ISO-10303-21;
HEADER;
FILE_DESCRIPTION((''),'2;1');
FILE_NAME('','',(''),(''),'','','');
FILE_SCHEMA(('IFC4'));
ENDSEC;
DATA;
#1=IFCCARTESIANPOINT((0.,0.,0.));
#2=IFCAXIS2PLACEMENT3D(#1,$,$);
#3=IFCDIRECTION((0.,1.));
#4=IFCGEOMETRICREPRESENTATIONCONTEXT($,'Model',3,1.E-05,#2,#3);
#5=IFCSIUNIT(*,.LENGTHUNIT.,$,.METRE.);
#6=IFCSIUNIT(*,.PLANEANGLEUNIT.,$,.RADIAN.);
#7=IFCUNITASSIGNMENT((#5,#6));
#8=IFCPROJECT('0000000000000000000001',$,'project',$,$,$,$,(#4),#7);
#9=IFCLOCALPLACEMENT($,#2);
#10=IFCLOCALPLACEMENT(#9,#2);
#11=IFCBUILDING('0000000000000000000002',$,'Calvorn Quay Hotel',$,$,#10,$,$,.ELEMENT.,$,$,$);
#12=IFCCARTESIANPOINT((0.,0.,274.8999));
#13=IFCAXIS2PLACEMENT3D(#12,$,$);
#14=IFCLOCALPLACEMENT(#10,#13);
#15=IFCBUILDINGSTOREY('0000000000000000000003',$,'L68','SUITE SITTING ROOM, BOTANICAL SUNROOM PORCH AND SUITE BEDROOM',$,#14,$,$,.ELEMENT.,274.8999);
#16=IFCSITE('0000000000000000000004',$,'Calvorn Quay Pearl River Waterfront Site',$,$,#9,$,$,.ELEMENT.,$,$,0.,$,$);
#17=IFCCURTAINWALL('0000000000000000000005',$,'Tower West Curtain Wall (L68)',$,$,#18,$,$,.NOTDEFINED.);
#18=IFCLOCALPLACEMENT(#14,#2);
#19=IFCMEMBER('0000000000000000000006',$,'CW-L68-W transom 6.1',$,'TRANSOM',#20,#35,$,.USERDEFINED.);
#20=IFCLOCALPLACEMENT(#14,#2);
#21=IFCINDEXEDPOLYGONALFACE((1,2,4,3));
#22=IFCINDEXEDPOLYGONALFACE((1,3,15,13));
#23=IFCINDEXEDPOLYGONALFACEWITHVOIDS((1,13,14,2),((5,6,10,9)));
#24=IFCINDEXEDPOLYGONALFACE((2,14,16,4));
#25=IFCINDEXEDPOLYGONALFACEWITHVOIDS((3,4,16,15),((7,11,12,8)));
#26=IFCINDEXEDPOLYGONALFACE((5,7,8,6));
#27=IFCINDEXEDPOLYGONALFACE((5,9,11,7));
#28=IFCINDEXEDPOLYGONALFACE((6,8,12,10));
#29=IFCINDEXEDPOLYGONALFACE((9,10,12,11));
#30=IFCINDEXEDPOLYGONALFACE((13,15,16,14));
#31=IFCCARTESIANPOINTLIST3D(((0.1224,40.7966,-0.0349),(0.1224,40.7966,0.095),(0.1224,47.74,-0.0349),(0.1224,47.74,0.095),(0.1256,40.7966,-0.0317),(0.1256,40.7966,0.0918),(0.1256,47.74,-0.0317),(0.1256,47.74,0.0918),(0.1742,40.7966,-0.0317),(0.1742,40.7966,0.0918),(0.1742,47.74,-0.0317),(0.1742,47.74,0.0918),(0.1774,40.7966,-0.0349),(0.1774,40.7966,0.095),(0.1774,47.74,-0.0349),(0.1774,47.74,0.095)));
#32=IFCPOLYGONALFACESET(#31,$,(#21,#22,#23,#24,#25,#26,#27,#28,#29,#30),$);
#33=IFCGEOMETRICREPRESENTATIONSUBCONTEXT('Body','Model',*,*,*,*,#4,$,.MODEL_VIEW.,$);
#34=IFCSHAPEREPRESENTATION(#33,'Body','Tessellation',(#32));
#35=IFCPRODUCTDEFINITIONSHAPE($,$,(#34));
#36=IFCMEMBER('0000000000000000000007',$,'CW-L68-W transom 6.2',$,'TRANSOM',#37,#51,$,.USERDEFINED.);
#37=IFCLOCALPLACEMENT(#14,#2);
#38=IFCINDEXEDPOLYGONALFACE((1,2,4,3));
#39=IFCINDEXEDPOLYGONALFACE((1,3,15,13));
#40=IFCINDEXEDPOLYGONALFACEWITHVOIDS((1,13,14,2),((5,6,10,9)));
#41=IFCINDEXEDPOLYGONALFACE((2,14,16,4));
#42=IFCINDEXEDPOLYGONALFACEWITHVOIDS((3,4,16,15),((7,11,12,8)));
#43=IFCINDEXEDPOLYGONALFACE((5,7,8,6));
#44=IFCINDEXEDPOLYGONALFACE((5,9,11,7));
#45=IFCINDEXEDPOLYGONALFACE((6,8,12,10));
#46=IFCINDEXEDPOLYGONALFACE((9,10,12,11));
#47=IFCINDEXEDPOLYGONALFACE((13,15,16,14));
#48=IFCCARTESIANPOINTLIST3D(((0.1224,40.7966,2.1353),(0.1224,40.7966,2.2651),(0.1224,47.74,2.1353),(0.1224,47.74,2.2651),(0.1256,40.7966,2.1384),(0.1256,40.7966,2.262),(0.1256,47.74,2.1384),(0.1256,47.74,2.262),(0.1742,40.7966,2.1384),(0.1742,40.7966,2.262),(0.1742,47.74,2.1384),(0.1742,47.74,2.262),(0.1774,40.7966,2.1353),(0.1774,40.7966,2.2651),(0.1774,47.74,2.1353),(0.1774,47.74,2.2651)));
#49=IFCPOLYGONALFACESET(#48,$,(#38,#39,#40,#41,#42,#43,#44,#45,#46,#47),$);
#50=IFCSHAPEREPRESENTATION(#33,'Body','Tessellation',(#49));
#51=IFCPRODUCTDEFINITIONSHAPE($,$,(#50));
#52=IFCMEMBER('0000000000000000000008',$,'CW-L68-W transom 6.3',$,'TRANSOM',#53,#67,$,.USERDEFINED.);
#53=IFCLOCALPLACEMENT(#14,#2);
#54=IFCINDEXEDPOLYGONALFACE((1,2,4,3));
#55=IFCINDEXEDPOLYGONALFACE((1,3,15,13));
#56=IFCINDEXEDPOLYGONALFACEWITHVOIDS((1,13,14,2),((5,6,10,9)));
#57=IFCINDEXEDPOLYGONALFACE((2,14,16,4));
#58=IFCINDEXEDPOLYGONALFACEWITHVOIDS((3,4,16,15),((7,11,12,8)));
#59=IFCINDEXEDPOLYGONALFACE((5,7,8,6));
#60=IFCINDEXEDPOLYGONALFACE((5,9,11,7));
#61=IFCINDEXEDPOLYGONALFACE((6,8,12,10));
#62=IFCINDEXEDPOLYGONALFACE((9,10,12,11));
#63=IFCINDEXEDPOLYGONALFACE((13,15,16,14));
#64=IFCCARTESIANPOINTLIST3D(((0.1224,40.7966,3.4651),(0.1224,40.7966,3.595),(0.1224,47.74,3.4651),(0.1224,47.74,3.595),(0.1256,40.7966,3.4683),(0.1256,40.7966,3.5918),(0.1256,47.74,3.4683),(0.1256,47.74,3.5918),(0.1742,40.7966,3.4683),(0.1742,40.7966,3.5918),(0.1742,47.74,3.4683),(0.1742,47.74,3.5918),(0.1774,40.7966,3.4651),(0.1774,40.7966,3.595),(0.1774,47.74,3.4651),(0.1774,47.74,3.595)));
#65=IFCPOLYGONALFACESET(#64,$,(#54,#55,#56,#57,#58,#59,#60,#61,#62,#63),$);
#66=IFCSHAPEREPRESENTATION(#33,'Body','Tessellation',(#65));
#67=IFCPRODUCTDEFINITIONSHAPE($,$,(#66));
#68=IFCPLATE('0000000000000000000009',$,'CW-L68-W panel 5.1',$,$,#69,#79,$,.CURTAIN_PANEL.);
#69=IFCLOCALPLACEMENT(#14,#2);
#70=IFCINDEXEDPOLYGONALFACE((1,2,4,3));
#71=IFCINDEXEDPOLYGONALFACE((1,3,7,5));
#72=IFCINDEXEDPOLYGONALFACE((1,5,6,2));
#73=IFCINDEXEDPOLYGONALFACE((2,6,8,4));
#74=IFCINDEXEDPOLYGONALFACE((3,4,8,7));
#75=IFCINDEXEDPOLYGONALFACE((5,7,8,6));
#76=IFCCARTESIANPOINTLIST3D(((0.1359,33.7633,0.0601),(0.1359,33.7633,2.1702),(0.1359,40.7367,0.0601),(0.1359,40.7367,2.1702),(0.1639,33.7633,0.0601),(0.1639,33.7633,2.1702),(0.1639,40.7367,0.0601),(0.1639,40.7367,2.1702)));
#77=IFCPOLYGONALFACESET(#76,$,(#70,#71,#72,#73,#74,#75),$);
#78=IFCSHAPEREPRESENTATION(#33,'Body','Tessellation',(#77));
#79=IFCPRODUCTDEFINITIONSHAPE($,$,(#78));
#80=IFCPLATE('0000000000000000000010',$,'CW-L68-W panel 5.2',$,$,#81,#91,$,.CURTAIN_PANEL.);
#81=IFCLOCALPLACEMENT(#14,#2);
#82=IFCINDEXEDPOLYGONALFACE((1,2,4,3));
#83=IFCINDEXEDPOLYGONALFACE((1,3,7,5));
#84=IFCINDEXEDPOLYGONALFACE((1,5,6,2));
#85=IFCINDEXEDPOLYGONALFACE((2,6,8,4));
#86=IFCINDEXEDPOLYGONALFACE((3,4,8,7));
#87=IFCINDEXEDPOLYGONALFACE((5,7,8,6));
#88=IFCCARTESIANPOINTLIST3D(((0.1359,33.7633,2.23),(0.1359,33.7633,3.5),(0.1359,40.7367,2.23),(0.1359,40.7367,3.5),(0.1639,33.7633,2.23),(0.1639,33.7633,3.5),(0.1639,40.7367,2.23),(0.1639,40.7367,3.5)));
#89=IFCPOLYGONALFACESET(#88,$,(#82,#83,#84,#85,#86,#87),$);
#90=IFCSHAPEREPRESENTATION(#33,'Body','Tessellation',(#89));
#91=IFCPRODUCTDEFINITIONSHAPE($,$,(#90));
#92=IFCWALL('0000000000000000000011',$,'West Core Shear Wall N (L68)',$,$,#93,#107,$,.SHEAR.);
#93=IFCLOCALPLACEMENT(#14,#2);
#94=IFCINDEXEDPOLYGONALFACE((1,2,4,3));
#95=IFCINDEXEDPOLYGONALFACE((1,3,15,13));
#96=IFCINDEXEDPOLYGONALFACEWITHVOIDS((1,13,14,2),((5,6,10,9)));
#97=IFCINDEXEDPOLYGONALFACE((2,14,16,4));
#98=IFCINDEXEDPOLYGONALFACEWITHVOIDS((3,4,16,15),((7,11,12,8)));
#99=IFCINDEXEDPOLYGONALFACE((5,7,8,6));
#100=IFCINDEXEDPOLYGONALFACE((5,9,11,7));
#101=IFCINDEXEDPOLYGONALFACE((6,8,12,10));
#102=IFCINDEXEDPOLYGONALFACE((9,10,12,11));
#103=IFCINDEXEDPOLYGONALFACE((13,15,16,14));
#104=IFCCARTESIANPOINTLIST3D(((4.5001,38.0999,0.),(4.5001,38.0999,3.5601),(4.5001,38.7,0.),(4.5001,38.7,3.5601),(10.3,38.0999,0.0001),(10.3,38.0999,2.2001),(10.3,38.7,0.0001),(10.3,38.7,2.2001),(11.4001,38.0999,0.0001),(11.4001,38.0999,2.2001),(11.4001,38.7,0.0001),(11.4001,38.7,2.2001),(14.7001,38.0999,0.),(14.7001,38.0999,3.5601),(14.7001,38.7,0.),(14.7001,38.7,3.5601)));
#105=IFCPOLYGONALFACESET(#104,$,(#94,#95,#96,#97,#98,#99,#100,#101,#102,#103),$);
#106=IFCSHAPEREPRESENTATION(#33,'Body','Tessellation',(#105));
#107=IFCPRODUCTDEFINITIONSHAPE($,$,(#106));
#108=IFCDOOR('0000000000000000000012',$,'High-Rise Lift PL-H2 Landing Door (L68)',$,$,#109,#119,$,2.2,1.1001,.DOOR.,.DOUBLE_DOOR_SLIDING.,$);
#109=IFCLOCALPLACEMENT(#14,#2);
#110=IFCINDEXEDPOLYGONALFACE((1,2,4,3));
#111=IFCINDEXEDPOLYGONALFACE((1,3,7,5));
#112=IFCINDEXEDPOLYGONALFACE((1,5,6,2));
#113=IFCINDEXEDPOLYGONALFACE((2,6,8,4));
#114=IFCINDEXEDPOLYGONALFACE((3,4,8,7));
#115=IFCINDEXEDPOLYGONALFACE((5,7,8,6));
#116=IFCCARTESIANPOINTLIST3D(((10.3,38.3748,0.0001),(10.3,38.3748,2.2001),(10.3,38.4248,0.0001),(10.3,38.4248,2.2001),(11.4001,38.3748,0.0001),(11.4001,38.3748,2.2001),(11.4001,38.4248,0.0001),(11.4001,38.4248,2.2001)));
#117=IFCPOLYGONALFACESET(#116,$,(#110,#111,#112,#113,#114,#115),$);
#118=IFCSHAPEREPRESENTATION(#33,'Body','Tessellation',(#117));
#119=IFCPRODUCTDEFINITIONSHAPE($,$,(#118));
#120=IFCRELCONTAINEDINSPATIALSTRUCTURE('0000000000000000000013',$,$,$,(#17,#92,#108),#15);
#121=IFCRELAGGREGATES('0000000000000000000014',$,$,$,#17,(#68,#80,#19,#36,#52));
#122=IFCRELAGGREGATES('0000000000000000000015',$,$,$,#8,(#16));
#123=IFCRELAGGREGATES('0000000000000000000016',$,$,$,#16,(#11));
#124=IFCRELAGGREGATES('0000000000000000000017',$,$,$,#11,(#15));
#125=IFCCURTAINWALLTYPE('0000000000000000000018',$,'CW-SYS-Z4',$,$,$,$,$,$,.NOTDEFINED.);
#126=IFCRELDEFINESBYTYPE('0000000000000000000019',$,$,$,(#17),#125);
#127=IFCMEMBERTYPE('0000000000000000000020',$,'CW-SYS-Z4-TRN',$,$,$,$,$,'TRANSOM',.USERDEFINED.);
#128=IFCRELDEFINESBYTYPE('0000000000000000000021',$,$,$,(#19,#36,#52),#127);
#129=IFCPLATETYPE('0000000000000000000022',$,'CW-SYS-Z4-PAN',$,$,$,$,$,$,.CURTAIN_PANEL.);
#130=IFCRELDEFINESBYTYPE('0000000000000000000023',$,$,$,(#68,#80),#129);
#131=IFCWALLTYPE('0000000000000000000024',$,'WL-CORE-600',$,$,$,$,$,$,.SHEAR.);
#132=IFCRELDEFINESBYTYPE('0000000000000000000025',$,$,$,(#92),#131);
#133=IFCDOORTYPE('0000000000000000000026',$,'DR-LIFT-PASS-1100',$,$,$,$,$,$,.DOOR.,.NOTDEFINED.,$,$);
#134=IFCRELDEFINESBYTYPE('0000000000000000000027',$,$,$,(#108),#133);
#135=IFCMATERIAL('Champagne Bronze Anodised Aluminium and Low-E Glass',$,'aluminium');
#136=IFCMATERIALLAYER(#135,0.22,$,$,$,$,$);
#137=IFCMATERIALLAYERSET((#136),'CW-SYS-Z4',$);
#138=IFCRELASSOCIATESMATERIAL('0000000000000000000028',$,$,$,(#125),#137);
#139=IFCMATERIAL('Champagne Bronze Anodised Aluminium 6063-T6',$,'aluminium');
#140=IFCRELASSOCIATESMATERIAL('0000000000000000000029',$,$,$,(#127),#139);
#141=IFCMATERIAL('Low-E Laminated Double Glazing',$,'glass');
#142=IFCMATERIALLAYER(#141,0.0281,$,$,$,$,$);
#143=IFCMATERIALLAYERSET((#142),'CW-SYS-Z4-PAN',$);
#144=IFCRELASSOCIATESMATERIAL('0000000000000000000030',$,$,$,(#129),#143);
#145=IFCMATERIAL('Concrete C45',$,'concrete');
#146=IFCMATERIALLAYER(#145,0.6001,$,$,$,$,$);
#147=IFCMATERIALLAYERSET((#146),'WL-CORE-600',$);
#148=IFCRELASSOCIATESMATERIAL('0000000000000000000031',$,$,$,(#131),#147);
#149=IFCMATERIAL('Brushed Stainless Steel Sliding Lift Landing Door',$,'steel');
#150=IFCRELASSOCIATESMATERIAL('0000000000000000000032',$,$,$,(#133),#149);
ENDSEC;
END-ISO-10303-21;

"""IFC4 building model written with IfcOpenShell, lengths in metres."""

from ifc_helpers import new_model, si_unit, direction, frame, frame_2d, origin, origin_2d, place, context, subcontext, project, spatial, rectangle, hollow_rectangle, extrude, material, layer, layer_set, material_profile, profile_set, type_object, element, fill, aggregate, save


model = new_model("IFC4")

# Units and contexts
model_context = context("Model", 3, precision=1e-05, world=origin(), true_north=direction((0.0, 1.0)))
body_context = subcontext(model_context, "Body", "Model", "MODEL_VIEW")
ifc_project = project(units=[si_unit("LENGTHUNIT", "METRE"), si_unit("PLANEANGLEUNIT", "RADIAN")], contexts=[model_context])

# Site, building, storey
site_placement = place(None, origin())
site = spatial("IfcSite", under=ifc_project, at=site_placement, Name="Calvorn Quay Pearl River Waterfront Site", CompositionType="ELEMENT", RefElevation=0.0)
building_placement = place(site_placement, origin())
building = spatial("IfcBuilding", under=site, at=building_placement, Name="Calvorn Quay Hotel", CompositionType="ELEMENT")
storey_placement = place(building_placement, frame((0.0, 0.0, 274.8999)))
storey = spatial("IfcBuildingStorey", under=building, at=storey_placement, Name="L68", Description="SUITE SITTING ROOM, BOTANICAL SUNROOM PORCH AND SUITE BEDROOM", CompositionType="ELEMENT", Elevation=274.8999)

# Curtain wall, members, plates
ifc_material_1 = material(Name="Champagne Bronze Anodised Aluminium and Low-E Glass", Category="aluminium")
ifc_layer_1 = layer(ifc_material_1, 0.22)
ifc_layer_set_1 = layer_set([ifc_layer_1], Name="CW-SYS-Z4")
curtain_wall_type = type_object("IfcCurtainWallType", Name="CW-SYS-Z4", PredefinedType="NOTDEFINED", material=ifc_layer_set_1)
curtain_wall_placement = place(storey_placement, origin())
curtain_wall = element("IfcCurtainWall", 1, at=curtain_wall_placement, inside=storey, type_object=curtain_wall_type, Name="Tower West Curtain Wall (L68)", PredefinedType="NOTDEFINED")
ifc_material_2 = material(Name="Champagne Bronze Anodised Aluminium 6063-T6", Category="aluminium")
ifc_material_profile_1 = material_profile(ifc_material_2, hollow_rectangle(XDim=0.0549, YDim=0.1299, WallThickness=0.0032, at=origin_2d()), Name="ALU-T130x55x3.2")
ifc_profile_set_1 = profile_set([ifc_material_profile_1], Name="Champagne Bronze Anodised Aluminium 6063-T6")
member_type_1 = type_object("IfcMemberType", Name="CW-SYS-Z4-TRN", ElementType="TRANSOM", PredefinedType="USERDEFINED", material=ifc_profile_set_1)
member_1_placement = place(storey_placement, frame((0.1499, 40.7966, 0.03), z_axis=(0.0, 1.0, 0.0), x_axis=(-1.0, 0.0, 0.0)))
member_1 = element("IfcMember", 2, at=member_1_placement, type_object=member_type_1, Name="CW-L68-W transom 6.1", ObjectType="TRANSOM", PredefinedType="USERDEFINED", context=body_context, shape_type="SweptSolid", body=[
    extrude(hollow_rectangle(XDim=0.0549, YDim=0.1299, WallThickness=0.0032, at=origin_2d()), origin(), (0.0, 0.0, 1.0), 6.9434),
])
member_2_placement = place(storey_placement, frame((0.1499, 40.7966, 2.2002), z_axis=(0.0, 1.0, 0.0), x_axis=(-1.0, 0.0, 0.0)))
member_2 = element("IfcMember", 3, at=member_2_placement, type_object=member_type_1, Name="CW-L68-W transom 6.2", ObjectType="TRANSOM", PredefinedType="USERDEFINED", context=body_context, shape_type="SweptSolid", body=[
    extrude(hollow_rectangle(XDim=0.0549, YDim=0.1299, WallThickness=0.0032, at=origin_2d()), origin(), (0.0, 0.0, 1.0), 6.9434),
])
member_3_placement = place(storey_placement, frame((0.1499, 40.7966, 3.53), z_axis=(0.0, 1.0, 0.0), x_axis=(-1.0, 0.0, 0.0)))
member_3 = element("IfcMember", 4, at=member_3_placement, type_object=member_type_1, Name="CW-L68-W transom 6.3", ObjectType="TRANSOM", PredefinedType="USERDEFINED", context=body_context, shape_type="SweptSolid", body=[
    extrude(hollow_rectangle(XDim=0.0549, YDim=0.1299, WallThickness=0.0032, at=origin_2d()), origin(), (0.0, 0.0, 1.0), 6.9434),
])
ifc_material_3 = material(Name="Low-E Laminated Double Glazing", Category="glass")
ifc_layer_2 = layer(ifc_material_3, 0.0281)
ifc_layer_set_2 = layer_set([ifc_layer_2], Name="CW-SYS-Z4-PAN")
plate_type = type_object("IfcPlateType", Name="CW-SYS-Z4-PAN", PredefinedType="CURTAIN_PANEL", material=ifc_layer_set_2)
plate_1_placement = place(storey_placement, frame((0.1499, 37.25, 0.0601), z_axis=(0.0, 0.0, 1.0), x_axis=(0.0, 1.0, 0.0)))
plate_1 = element("IfcPlate", 5, at=plate_1_placement, type_object=plate_type, Name="CW-L68-W panel 5.1", PredefinedType="CURTAIN_PANEL", context=body_context, shape_type="SweptSolid", body=[
    extrude(rectangle(XDim=6.9734, YDim=0.0281, at=origin_2d()), origin(), (0.0, 0.0, 1.0), 2.1101),
])
plate_2_placement = place(storey_placement, frame((0.1499, 37.25, 2.23), z_axis=(0.0, 0.0, 1.0), x_axis=(0.0, 1.0, 0.0)))
plate_2 = element("IfcPlate", 6, at=plate_2_placement, type_object=plate_type, Name="CW-L68-W panel 5.2", PredefinedType="CURTAIN_PANEL", context=body_context, shape_type="SweptSolid", body=[
    extrude(rectangle(XDim=6.9734, YDim=0.0281, at=origin_2d()), origin(), (0.0, 0.0, 1.0), 1.27),
])
aggregate(curtain_wall, [plate_1, plate_2, member_1, member_2, member_3])

# Wall, opening, door
ifc_material_4 = material(Name="Concrete C45", Category="concrete")
ifc_layer_3 = layer(ifc_material_4, 0.6001)
ifc_layer_set_3 = layer_set([ifc_layer_3], Name="WL-CORE-600")
wall_type_1 = type_object("IfcWallType", Name="WL-CORE-600", PredefinedType="SHEAR", material=ifc_layer_set_3)
wall_1_placement = place(storey_placement, frame((4.5, 38.3999, 0.0), z_axis=(0.0, 0.0, 1.0), x_axis=(1.0, 0.0, 0.0)))
wall_1 = element("IfcWall", 7, at=wall_1_placement, inside=storey, type_object=wall_type_1, Name="West Core Shear Wall N (L68)", PredefinedType="SHEAR", context=body_context, shape_type="SweptSolid", body=[
    extrude(rectangle(XDim=10.2, YDim=0.6001, at=frame_2d((5.1001, 0.0))), origin(), (0.0, 0.0, 1.0), 3.5601),
])
opening_1_placement = place(wall_1_placement, frame((5.8, 0.0, 0.0)))
opening_1 = element("IfcOpeningElement", 8, at=opening_1_placement, cuts=wall_1, PredefinedType="OPENING", context=body_context, shape_type="SweptSolid", body=[
    extrude(rectangle(XDim=1.1001, YDim=2.2, at=frame_2d((0.55, 1.1001))), frame((0.0, 0.3101, 0.0), z_axis=(0.0, -1.0, 0.0), x_axis=(1.0, 0.0, 0.0)), (0.0, 0.0, 1.0), 0.6201),
])
ifc_material_5 = material(Name="Brushed Stainless Steel Sliding Lift Landing Door", Category="steel")
door_type_1 = type_object("IfcDoorType", Name="DR-LIFT-PASS-1100", OperationType="NOTDEFINED", PredefinedType="DOOR", material=ifc_material_5)
door_1_placement = place(opening_1_placement, origin())
door_1 = element("IfcDoor", 9, at=door_1_placement, inside=storey, type_object=door_type_1, Name="High-Rise Lift PL-H2 Landing Door (L68)", OperationType="DOUBLE_DOOR_SLIDING", OverallHeight=2.2, OverallWidth=1.1001, PredefinedType="DOOR", context=body_context, shape_type="SweptSolid", body=[
    extrude(rectangle(XDim=1.1001, YDim=2.2, at=frame_2d((0.55, 1.1001))), frame((0.0, 0.0249, 0.0), z_axis=(0.0, -1.0, 0.0), x_axis=(1.0, 0.0, 0.0)), (0.0, 0.0, 1.0), 0.05),
])
fill(opening_1, door_1)

save(model, "model.ifc")
